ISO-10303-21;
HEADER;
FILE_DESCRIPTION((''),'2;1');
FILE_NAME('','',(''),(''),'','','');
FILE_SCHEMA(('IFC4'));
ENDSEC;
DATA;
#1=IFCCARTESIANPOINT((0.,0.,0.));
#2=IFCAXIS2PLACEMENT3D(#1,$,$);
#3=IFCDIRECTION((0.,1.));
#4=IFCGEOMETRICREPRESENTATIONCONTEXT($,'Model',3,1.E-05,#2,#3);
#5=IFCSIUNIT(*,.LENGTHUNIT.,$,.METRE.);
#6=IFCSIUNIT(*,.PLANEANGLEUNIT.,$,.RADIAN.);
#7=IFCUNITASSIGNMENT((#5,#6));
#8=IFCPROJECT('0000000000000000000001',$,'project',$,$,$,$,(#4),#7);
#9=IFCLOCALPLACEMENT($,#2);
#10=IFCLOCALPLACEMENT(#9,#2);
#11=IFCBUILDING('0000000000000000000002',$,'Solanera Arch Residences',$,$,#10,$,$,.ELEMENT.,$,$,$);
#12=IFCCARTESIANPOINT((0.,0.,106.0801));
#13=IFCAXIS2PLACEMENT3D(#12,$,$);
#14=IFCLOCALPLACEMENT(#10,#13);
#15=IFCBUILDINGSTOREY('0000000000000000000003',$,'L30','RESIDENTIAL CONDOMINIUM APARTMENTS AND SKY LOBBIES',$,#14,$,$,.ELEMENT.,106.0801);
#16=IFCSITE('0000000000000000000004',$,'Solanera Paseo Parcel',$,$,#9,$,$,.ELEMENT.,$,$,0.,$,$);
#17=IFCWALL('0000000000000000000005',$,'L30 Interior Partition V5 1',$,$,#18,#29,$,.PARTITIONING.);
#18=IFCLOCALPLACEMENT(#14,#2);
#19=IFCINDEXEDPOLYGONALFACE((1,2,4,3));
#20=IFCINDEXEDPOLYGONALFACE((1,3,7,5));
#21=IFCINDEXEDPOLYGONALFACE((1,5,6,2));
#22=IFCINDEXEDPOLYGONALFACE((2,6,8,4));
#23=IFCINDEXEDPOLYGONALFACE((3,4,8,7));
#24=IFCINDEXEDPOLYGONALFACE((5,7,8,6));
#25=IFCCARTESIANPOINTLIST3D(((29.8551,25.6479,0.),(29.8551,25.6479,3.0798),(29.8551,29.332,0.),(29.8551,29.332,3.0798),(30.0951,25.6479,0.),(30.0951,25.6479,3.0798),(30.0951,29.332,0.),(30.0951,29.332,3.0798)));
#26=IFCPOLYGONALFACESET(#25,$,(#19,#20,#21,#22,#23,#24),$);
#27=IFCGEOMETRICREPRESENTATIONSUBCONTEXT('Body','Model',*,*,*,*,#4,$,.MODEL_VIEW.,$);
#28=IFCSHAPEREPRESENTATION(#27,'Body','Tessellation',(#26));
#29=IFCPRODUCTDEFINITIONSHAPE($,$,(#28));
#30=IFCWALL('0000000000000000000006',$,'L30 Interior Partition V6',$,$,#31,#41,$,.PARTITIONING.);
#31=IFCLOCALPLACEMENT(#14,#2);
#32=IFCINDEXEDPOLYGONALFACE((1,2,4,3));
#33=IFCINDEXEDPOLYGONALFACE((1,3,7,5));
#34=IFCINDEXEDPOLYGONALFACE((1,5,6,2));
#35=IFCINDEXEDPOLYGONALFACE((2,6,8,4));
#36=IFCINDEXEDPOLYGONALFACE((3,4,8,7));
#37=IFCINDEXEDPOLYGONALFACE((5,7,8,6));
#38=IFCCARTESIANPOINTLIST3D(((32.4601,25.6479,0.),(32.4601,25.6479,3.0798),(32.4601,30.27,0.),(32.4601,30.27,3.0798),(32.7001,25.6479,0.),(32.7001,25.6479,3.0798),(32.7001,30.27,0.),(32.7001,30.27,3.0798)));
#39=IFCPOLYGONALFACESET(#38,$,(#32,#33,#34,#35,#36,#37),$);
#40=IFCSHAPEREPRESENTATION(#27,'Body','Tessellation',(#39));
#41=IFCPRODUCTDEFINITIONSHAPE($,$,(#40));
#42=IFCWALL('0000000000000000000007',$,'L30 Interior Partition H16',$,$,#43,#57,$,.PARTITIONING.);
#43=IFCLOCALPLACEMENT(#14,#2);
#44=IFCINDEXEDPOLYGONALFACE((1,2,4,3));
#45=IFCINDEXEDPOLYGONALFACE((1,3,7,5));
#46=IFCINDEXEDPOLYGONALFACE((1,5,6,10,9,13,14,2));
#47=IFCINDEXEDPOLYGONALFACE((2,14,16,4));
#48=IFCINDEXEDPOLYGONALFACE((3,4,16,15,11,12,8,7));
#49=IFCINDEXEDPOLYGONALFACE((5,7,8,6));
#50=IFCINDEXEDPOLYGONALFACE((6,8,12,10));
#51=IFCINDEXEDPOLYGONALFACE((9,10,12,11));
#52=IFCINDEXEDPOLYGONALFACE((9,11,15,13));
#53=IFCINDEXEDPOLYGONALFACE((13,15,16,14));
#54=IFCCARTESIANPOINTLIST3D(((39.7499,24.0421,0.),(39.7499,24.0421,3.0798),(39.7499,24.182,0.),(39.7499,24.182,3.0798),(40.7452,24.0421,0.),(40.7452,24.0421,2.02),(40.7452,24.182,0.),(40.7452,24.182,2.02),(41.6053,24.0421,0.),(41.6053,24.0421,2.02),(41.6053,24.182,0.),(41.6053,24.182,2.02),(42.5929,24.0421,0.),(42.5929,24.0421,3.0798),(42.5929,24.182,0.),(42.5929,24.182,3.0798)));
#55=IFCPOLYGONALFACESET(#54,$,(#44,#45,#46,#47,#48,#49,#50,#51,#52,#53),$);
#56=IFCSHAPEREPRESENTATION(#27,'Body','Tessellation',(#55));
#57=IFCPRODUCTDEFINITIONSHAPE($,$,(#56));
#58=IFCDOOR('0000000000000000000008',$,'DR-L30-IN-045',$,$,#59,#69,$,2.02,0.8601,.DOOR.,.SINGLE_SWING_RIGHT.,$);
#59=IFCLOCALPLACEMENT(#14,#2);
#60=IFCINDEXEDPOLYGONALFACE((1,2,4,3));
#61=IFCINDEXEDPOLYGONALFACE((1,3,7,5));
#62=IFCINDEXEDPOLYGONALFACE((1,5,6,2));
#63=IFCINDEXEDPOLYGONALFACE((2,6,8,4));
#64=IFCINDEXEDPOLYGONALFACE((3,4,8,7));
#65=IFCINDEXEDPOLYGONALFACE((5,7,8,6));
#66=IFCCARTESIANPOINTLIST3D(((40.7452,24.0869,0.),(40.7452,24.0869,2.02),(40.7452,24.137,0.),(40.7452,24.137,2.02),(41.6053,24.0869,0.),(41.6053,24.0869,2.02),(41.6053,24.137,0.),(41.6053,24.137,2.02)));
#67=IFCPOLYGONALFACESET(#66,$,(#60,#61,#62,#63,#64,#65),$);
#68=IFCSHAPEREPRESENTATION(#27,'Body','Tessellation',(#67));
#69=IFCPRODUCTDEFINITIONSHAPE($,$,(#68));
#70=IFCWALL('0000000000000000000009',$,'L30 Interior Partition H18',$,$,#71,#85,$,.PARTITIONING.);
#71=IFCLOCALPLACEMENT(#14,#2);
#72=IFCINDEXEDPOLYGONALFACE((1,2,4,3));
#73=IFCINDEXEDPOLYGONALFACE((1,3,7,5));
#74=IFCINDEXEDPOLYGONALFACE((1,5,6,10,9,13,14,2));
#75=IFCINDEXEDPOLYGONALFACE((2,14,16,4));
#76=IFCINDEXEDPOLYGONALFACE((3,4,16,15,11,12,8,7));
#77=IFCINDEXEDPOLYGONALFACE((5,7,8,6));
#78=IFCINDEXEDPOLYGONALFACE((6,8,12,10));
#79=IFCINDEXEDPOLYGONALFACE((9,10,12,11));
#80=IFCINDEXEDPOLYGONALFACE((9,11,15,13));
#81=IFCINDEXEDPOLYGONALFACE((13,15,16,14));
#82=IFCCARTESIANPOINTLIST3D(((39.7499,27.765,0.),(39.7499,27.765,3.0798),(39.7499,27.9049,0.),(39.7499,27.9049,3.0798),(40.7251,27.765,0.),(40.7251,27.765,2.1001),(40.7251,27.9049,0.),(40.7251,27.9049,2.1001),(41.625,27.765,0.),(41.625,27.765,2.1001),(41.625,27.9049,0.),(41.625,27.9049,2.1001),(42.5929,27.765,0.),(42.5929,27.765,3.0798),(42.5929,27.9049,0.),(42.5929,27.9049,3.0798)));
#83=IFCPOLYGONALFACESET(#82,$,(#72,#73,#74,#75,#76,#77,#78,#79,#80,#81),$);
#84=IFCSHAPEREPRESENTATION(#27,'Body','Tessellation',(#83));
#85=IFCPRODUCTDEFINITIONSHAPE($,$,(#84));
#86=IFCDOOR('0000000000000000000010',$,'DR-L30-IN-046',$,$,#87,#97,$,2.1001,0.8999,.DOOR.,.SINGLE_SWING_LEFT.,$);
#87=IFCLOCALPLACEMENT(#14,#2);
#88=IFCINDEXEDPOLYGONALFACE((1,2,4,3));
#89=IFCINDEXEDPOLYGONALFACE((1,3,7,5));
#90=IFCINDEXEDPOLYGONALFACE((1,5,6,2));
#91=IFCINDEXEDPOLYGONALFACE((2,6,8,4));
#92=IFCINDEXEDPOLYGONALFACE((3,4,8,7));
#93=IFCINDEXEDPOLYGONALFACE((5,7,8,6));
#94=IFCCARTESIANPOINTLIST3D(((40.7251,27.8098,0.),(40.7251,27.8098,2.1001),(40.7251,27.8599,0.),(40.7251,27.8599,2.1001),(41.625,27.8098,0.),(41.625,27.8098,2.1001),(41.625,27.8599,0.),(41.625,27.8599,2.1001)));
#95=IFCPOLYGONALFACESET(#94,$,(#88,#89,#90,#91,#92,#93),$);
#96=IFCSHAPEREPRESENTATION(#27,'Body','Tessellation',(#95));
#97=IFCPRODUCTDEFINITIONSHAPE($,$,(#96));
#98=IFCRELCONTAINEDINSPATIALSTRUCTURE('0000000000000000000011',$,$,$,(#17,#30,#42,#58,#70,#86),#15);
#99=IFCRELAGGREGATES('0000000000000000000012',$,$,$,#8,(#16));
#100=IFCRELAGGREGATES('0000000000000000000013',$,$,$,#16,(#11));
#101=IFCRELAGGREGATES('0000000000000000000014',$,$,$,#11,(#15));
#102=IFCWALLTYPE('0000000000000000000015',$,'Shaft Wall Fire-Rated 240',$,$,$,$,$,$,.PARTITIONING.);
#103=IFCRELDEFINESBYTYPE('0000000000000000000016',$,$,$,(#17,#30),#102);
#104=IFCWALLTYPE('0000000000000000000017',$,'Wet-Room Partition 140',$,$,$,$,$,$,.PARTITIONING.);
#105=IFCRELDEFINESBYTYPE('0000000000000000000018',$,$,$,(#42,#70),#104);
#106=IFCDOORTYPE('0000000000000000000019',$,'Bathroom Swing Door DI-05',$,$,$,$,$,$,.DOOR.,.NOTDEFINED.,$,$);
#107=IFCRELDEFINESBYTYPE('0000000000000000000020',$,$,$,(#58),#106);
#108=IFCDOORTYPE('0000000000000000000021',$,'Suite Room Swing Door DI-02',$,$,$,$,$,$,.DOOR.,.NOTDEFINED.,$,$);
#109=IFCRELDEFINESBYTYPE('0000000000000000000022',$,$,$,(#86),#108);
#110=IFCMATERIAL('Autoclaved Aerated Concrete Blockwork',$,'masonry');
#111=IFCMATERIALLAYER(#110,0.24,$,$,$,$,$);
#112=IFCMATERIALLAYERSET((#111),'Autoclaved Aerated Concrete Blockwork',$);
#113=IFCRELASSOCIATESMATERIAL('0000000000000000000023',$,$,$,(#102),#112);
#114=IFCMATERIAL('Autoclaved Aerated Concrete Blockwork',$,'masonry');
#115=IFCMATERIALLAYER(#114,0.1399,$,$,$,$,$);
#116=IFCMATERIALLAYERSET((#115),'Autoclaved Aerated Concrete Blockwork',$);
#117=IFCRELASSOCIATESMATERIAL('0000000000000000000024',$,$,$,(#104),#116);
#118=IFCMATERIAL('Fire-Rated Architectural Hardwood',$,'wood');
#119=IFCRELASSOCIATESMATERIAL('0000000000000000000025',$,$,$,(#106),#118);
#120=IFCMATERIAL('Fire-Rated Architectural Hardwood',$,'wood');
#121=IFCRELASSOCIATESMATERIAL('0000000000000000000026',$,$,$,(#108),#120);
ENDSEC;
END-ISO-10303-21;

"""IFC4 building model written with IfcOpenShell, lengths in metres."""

from ifc_helpers import new_model, si_unit, direction, frame, frame_2d, origin, place, context, subcontext, project, spatial, rectangle, extrude, material, layer, layer_set, type_object, element, fill, save


model = new_model("IFC4")

# Units and contexts
model_context = context("Model", 3, precision=1e-05, world=origin(), true_north=direction((0.0, 1.0)))
body_context = subcontext(model_context, "Body", "Model", "MODEL_VIEW")
ifc_project = project(units=[si_unit("LENGTHUNIT", "METRE"), si_unit("PLANEANGLEUNIT", "RADIAN")], contexts=[model_context])

# Site, building, storey
site_placement = place(None, origin())
site = spatial("IfcSite", under=ifc_project, at=site_placement, Name="Solanera Paseo Parcel", CompositionType="ELEMENT", RefElevation=0.0)
building_placement = place(site_placement, origin())
building = spatial("IfcBuilding", under=site, at=building_placement, Name="Solanera Arch Residences", CompositionType="ELEMENT")
storey_placement = place(building_placement, frame((0.0, 0.0, 106.0801)))
storey = spatial("IfcBuildingStorey", under=building, at=storey_placement, Name="L30", Description="RESIDENTIAL CONDOMINIUM APARTMENTS AND SKY LOBBIES", CompositionType="ELEMENT", Elevation=106.0801)

# Wall
ifc_material_1 = material(Name="Autoclaved Aerated Concrete Blockwork", Category="masonry")
ifc_layer_1 = layer(ifc_material_1, 0.24)
ifc_layer_set_1 = layer_set([ifc_layer_1], Name="Autoclaved Aerated Concrete Blockwork")
wall_type_1 = type_object("IfcWallType", Name="Shaft Wall Fire-Rated 240", PredefinedType="PARTITIONING", material=ifc_layer_set_1)
wall_1_placement = place(storey_placement, frame((29.9751, 25.6479, 0.0), z_axis=(0.0, 0.0, 1.0), x_axis=(0.0, 1.0, 0.0)))
element("IfcWall", 1, at=wall_1_placement, inside=storey, type_object=wall_type_1, Name="L30 Interior Partition V5 1", PredefinedType="PARTITIONING", context=body_context, shape_type="SweptSolid", body=[
    extrude(rectangle(XDim=3.6841, YDim=0.24, at=frame_2d((1.842, 0.0))), origin(), (0.0, 0.0, 1.0), 3.0798),
])

# Wall
wall_2_placement = place(storey_placement, frame((32.5801, 25.6479, 0.0), z_axis=(0.0, 0.0, 1.0), x_axis=(0.0, 1.0, 0.0)))
element("IfcWall", 2, at=wall_2_placement, inside=storey, type_object=wall_type_1, Name="L30 Interior Partition V6", PredefinedType="PARTITIONING", context=body_context, shape_type="SweptSolid", body=[
    extrude(rectangle(XDim=4.6221, YDim=0.24, at=frame_2d((2.311, 0.0))), origin(), (0.0, 0.0, 1.0), 3.0798),
])

# Walls, openings, doors
ifc_material_2 = material(Name="Autoclaved Aerated Concrete Blockwork", Category="masonry")
ifc_layer_2 = layer(ifc_material_2, 0.1399)
ifc_layer_set_2 = layer_set([ifc_layer_2], Name="Autoclaved Aerated Concrete Blockwork")
wall_type_2 = type_object("IfcWallType", Name="Wet-Room Partition 140", PredefinedType="PARTITIONING", material=ifc_layer_set_2)
wall_3_placement = place(storey_placement, frame((39.75, 24.1121, 0.0), z_axis=(0.0, 0.0, 1.0), x_axis=(1.0, 0.0, 0.0)))
wall_3 = element("IfcWall", 3, at=wall_3_placement, inside=storey, type_object=wall_type_2, Name="L30 Interior Partition H16", PredefinedType="PARTITIONING", context=body_context, shape_type="SweptSolid", body=[
    extrude(rectangle(XDim=2.843, YDim=0.1399, at=frame_2d((1.4214, 0.0))), origin(), (0.0, 0.0, 1.0), 3.0798),
])
opening_1_placement = place(wall_3_placement, frame((0.9951, 0.0, 0.0)))
opening_1 = element("IfcOpeningElement", 4, at=opening_1_placement, cuts=wall_3, PredefinedType="OPENING", context=body_context, shape_type="SweptSolid", body=[
    extrude(rectangle(XDim=0.8601, YDim=2.02, at=frame_2d((0.4302, 1.01))), frame((0.0, 0.0798, 0.0), z_axis=(0.0, -1.0, 0.0), x_axis=(1.0, 0.0, 0.0)), (0.0, 0.0, 1.0), 0.1599),
])
ifc_material_3 = material(Name="Fire-Rated Architectural Hardwood", Category="wood")
door_type_1 = type_object("IfcDoorType", Name="Bathroom Swing Door DI-05", OperationType="NOTDEFINED", PredefinedType="DOOR", material=ifc_material_3)
door_1_placement = place(opening_1_placement, origin())
door_1 = element("IfcDoor", 5, at=door_1_placement, inside=storey, type_object=door_type_1, Name="DR-L30-IN-045", OperationType="SINGLE_SWING_RIGHT", OverallHeight=2.02, OverallWidth=0.8601, PredefinedType="DOOR", context=body_context, shape_type="SweptSolid", body=[
    extrude(rectangle(XDim=0.8601, YDim=2.02, at=frame_2d((0.4302, 1.01))), frame((0.0, 0.0249, 0.0), z_axis=(0.0, -1.0, 0.0), x_axis=(1.0, 0.0, 0.0)), (0.0, 0.0, 1.0), 0.05),
])
fill(opening_1, door_1)
wall_4_placement = place(storey_placement, frame((39.75, 27.835, 0.0), z_axis=(0.0, 0.0, 1.0), x_axis=(1.0, 0.0, 0.0)))
wall_4 = element("IfcWall", 6, at=wall_4_placement, inside=storey, type_object=wall_type_2, Name="L30 Interior Partition H18", PredefinedType="PARTITIONING", context=body_context, shape_type="SweptSolid", body=[
    extrude(rectangle(XDim=2.843, YDim=0.1399, at=frame_2d((1.4214, 0.0))), origin(), (0.0, 0.0, 1.0), 3.0798),
])
opening_2_placement = place(wall_4_placement, frame((0.9751, 0.0, 0.0)))
opening_2 = element("IfcOpeningElement", 7, at=opening_2_placement, cuts=wall_4, PredefinedType="OPENING", context=body_context, shape_type="SweptSolid", body=[
    extrude(rectangle(XDim=0.8999, YDim=2.1001, at=frame_2d((0.45, 1.05))), frame((0.0, 0.0798, 0.0), z_axis=(0.0, -1.0, 0.0), x_axis=(1.0, 0.0, 0.0)), (0.0, 0.0, 1.0), 0.1599),
])
ifc_material_4 = material(Name="Fire-Rated Architectural Hardwood", Category="wood")
door_type_2 = type_object("IfcDoorType", Name="Suite Room Swing Door DI-02", OperationType="NOTDEFINED", PredefinedType="DOOR", material=ifc_material_4)
door_2_placement = place(opening_2_placement, origin())
door_2 = element("IfcDoor", 8, at=door_2_placement, inside=storey, type_object=door_type_2, Name="DR-L30-IN-046", OperationType="SINGLE_SWING_LEFT", OverallHeight=2.1001, OverallWidth=0.8999, PredefinedType="DOOR", context=body_context, shape_type="SweptSolid", body=[
    extrude(rectangle(XDim=0.8999, YDim=2.1001, at=frame_2d((0.45, 1.05))), frame((0.0, 0.0249, 0.0), z_axis=(0.0, -1.0, 0.0), x_axis=(1.0, 0.0, 0.0)), (0.0, 0.0, 1.0), 0.05),
])
fill(opening_2, door_2)

save(model, "model.ifc")
